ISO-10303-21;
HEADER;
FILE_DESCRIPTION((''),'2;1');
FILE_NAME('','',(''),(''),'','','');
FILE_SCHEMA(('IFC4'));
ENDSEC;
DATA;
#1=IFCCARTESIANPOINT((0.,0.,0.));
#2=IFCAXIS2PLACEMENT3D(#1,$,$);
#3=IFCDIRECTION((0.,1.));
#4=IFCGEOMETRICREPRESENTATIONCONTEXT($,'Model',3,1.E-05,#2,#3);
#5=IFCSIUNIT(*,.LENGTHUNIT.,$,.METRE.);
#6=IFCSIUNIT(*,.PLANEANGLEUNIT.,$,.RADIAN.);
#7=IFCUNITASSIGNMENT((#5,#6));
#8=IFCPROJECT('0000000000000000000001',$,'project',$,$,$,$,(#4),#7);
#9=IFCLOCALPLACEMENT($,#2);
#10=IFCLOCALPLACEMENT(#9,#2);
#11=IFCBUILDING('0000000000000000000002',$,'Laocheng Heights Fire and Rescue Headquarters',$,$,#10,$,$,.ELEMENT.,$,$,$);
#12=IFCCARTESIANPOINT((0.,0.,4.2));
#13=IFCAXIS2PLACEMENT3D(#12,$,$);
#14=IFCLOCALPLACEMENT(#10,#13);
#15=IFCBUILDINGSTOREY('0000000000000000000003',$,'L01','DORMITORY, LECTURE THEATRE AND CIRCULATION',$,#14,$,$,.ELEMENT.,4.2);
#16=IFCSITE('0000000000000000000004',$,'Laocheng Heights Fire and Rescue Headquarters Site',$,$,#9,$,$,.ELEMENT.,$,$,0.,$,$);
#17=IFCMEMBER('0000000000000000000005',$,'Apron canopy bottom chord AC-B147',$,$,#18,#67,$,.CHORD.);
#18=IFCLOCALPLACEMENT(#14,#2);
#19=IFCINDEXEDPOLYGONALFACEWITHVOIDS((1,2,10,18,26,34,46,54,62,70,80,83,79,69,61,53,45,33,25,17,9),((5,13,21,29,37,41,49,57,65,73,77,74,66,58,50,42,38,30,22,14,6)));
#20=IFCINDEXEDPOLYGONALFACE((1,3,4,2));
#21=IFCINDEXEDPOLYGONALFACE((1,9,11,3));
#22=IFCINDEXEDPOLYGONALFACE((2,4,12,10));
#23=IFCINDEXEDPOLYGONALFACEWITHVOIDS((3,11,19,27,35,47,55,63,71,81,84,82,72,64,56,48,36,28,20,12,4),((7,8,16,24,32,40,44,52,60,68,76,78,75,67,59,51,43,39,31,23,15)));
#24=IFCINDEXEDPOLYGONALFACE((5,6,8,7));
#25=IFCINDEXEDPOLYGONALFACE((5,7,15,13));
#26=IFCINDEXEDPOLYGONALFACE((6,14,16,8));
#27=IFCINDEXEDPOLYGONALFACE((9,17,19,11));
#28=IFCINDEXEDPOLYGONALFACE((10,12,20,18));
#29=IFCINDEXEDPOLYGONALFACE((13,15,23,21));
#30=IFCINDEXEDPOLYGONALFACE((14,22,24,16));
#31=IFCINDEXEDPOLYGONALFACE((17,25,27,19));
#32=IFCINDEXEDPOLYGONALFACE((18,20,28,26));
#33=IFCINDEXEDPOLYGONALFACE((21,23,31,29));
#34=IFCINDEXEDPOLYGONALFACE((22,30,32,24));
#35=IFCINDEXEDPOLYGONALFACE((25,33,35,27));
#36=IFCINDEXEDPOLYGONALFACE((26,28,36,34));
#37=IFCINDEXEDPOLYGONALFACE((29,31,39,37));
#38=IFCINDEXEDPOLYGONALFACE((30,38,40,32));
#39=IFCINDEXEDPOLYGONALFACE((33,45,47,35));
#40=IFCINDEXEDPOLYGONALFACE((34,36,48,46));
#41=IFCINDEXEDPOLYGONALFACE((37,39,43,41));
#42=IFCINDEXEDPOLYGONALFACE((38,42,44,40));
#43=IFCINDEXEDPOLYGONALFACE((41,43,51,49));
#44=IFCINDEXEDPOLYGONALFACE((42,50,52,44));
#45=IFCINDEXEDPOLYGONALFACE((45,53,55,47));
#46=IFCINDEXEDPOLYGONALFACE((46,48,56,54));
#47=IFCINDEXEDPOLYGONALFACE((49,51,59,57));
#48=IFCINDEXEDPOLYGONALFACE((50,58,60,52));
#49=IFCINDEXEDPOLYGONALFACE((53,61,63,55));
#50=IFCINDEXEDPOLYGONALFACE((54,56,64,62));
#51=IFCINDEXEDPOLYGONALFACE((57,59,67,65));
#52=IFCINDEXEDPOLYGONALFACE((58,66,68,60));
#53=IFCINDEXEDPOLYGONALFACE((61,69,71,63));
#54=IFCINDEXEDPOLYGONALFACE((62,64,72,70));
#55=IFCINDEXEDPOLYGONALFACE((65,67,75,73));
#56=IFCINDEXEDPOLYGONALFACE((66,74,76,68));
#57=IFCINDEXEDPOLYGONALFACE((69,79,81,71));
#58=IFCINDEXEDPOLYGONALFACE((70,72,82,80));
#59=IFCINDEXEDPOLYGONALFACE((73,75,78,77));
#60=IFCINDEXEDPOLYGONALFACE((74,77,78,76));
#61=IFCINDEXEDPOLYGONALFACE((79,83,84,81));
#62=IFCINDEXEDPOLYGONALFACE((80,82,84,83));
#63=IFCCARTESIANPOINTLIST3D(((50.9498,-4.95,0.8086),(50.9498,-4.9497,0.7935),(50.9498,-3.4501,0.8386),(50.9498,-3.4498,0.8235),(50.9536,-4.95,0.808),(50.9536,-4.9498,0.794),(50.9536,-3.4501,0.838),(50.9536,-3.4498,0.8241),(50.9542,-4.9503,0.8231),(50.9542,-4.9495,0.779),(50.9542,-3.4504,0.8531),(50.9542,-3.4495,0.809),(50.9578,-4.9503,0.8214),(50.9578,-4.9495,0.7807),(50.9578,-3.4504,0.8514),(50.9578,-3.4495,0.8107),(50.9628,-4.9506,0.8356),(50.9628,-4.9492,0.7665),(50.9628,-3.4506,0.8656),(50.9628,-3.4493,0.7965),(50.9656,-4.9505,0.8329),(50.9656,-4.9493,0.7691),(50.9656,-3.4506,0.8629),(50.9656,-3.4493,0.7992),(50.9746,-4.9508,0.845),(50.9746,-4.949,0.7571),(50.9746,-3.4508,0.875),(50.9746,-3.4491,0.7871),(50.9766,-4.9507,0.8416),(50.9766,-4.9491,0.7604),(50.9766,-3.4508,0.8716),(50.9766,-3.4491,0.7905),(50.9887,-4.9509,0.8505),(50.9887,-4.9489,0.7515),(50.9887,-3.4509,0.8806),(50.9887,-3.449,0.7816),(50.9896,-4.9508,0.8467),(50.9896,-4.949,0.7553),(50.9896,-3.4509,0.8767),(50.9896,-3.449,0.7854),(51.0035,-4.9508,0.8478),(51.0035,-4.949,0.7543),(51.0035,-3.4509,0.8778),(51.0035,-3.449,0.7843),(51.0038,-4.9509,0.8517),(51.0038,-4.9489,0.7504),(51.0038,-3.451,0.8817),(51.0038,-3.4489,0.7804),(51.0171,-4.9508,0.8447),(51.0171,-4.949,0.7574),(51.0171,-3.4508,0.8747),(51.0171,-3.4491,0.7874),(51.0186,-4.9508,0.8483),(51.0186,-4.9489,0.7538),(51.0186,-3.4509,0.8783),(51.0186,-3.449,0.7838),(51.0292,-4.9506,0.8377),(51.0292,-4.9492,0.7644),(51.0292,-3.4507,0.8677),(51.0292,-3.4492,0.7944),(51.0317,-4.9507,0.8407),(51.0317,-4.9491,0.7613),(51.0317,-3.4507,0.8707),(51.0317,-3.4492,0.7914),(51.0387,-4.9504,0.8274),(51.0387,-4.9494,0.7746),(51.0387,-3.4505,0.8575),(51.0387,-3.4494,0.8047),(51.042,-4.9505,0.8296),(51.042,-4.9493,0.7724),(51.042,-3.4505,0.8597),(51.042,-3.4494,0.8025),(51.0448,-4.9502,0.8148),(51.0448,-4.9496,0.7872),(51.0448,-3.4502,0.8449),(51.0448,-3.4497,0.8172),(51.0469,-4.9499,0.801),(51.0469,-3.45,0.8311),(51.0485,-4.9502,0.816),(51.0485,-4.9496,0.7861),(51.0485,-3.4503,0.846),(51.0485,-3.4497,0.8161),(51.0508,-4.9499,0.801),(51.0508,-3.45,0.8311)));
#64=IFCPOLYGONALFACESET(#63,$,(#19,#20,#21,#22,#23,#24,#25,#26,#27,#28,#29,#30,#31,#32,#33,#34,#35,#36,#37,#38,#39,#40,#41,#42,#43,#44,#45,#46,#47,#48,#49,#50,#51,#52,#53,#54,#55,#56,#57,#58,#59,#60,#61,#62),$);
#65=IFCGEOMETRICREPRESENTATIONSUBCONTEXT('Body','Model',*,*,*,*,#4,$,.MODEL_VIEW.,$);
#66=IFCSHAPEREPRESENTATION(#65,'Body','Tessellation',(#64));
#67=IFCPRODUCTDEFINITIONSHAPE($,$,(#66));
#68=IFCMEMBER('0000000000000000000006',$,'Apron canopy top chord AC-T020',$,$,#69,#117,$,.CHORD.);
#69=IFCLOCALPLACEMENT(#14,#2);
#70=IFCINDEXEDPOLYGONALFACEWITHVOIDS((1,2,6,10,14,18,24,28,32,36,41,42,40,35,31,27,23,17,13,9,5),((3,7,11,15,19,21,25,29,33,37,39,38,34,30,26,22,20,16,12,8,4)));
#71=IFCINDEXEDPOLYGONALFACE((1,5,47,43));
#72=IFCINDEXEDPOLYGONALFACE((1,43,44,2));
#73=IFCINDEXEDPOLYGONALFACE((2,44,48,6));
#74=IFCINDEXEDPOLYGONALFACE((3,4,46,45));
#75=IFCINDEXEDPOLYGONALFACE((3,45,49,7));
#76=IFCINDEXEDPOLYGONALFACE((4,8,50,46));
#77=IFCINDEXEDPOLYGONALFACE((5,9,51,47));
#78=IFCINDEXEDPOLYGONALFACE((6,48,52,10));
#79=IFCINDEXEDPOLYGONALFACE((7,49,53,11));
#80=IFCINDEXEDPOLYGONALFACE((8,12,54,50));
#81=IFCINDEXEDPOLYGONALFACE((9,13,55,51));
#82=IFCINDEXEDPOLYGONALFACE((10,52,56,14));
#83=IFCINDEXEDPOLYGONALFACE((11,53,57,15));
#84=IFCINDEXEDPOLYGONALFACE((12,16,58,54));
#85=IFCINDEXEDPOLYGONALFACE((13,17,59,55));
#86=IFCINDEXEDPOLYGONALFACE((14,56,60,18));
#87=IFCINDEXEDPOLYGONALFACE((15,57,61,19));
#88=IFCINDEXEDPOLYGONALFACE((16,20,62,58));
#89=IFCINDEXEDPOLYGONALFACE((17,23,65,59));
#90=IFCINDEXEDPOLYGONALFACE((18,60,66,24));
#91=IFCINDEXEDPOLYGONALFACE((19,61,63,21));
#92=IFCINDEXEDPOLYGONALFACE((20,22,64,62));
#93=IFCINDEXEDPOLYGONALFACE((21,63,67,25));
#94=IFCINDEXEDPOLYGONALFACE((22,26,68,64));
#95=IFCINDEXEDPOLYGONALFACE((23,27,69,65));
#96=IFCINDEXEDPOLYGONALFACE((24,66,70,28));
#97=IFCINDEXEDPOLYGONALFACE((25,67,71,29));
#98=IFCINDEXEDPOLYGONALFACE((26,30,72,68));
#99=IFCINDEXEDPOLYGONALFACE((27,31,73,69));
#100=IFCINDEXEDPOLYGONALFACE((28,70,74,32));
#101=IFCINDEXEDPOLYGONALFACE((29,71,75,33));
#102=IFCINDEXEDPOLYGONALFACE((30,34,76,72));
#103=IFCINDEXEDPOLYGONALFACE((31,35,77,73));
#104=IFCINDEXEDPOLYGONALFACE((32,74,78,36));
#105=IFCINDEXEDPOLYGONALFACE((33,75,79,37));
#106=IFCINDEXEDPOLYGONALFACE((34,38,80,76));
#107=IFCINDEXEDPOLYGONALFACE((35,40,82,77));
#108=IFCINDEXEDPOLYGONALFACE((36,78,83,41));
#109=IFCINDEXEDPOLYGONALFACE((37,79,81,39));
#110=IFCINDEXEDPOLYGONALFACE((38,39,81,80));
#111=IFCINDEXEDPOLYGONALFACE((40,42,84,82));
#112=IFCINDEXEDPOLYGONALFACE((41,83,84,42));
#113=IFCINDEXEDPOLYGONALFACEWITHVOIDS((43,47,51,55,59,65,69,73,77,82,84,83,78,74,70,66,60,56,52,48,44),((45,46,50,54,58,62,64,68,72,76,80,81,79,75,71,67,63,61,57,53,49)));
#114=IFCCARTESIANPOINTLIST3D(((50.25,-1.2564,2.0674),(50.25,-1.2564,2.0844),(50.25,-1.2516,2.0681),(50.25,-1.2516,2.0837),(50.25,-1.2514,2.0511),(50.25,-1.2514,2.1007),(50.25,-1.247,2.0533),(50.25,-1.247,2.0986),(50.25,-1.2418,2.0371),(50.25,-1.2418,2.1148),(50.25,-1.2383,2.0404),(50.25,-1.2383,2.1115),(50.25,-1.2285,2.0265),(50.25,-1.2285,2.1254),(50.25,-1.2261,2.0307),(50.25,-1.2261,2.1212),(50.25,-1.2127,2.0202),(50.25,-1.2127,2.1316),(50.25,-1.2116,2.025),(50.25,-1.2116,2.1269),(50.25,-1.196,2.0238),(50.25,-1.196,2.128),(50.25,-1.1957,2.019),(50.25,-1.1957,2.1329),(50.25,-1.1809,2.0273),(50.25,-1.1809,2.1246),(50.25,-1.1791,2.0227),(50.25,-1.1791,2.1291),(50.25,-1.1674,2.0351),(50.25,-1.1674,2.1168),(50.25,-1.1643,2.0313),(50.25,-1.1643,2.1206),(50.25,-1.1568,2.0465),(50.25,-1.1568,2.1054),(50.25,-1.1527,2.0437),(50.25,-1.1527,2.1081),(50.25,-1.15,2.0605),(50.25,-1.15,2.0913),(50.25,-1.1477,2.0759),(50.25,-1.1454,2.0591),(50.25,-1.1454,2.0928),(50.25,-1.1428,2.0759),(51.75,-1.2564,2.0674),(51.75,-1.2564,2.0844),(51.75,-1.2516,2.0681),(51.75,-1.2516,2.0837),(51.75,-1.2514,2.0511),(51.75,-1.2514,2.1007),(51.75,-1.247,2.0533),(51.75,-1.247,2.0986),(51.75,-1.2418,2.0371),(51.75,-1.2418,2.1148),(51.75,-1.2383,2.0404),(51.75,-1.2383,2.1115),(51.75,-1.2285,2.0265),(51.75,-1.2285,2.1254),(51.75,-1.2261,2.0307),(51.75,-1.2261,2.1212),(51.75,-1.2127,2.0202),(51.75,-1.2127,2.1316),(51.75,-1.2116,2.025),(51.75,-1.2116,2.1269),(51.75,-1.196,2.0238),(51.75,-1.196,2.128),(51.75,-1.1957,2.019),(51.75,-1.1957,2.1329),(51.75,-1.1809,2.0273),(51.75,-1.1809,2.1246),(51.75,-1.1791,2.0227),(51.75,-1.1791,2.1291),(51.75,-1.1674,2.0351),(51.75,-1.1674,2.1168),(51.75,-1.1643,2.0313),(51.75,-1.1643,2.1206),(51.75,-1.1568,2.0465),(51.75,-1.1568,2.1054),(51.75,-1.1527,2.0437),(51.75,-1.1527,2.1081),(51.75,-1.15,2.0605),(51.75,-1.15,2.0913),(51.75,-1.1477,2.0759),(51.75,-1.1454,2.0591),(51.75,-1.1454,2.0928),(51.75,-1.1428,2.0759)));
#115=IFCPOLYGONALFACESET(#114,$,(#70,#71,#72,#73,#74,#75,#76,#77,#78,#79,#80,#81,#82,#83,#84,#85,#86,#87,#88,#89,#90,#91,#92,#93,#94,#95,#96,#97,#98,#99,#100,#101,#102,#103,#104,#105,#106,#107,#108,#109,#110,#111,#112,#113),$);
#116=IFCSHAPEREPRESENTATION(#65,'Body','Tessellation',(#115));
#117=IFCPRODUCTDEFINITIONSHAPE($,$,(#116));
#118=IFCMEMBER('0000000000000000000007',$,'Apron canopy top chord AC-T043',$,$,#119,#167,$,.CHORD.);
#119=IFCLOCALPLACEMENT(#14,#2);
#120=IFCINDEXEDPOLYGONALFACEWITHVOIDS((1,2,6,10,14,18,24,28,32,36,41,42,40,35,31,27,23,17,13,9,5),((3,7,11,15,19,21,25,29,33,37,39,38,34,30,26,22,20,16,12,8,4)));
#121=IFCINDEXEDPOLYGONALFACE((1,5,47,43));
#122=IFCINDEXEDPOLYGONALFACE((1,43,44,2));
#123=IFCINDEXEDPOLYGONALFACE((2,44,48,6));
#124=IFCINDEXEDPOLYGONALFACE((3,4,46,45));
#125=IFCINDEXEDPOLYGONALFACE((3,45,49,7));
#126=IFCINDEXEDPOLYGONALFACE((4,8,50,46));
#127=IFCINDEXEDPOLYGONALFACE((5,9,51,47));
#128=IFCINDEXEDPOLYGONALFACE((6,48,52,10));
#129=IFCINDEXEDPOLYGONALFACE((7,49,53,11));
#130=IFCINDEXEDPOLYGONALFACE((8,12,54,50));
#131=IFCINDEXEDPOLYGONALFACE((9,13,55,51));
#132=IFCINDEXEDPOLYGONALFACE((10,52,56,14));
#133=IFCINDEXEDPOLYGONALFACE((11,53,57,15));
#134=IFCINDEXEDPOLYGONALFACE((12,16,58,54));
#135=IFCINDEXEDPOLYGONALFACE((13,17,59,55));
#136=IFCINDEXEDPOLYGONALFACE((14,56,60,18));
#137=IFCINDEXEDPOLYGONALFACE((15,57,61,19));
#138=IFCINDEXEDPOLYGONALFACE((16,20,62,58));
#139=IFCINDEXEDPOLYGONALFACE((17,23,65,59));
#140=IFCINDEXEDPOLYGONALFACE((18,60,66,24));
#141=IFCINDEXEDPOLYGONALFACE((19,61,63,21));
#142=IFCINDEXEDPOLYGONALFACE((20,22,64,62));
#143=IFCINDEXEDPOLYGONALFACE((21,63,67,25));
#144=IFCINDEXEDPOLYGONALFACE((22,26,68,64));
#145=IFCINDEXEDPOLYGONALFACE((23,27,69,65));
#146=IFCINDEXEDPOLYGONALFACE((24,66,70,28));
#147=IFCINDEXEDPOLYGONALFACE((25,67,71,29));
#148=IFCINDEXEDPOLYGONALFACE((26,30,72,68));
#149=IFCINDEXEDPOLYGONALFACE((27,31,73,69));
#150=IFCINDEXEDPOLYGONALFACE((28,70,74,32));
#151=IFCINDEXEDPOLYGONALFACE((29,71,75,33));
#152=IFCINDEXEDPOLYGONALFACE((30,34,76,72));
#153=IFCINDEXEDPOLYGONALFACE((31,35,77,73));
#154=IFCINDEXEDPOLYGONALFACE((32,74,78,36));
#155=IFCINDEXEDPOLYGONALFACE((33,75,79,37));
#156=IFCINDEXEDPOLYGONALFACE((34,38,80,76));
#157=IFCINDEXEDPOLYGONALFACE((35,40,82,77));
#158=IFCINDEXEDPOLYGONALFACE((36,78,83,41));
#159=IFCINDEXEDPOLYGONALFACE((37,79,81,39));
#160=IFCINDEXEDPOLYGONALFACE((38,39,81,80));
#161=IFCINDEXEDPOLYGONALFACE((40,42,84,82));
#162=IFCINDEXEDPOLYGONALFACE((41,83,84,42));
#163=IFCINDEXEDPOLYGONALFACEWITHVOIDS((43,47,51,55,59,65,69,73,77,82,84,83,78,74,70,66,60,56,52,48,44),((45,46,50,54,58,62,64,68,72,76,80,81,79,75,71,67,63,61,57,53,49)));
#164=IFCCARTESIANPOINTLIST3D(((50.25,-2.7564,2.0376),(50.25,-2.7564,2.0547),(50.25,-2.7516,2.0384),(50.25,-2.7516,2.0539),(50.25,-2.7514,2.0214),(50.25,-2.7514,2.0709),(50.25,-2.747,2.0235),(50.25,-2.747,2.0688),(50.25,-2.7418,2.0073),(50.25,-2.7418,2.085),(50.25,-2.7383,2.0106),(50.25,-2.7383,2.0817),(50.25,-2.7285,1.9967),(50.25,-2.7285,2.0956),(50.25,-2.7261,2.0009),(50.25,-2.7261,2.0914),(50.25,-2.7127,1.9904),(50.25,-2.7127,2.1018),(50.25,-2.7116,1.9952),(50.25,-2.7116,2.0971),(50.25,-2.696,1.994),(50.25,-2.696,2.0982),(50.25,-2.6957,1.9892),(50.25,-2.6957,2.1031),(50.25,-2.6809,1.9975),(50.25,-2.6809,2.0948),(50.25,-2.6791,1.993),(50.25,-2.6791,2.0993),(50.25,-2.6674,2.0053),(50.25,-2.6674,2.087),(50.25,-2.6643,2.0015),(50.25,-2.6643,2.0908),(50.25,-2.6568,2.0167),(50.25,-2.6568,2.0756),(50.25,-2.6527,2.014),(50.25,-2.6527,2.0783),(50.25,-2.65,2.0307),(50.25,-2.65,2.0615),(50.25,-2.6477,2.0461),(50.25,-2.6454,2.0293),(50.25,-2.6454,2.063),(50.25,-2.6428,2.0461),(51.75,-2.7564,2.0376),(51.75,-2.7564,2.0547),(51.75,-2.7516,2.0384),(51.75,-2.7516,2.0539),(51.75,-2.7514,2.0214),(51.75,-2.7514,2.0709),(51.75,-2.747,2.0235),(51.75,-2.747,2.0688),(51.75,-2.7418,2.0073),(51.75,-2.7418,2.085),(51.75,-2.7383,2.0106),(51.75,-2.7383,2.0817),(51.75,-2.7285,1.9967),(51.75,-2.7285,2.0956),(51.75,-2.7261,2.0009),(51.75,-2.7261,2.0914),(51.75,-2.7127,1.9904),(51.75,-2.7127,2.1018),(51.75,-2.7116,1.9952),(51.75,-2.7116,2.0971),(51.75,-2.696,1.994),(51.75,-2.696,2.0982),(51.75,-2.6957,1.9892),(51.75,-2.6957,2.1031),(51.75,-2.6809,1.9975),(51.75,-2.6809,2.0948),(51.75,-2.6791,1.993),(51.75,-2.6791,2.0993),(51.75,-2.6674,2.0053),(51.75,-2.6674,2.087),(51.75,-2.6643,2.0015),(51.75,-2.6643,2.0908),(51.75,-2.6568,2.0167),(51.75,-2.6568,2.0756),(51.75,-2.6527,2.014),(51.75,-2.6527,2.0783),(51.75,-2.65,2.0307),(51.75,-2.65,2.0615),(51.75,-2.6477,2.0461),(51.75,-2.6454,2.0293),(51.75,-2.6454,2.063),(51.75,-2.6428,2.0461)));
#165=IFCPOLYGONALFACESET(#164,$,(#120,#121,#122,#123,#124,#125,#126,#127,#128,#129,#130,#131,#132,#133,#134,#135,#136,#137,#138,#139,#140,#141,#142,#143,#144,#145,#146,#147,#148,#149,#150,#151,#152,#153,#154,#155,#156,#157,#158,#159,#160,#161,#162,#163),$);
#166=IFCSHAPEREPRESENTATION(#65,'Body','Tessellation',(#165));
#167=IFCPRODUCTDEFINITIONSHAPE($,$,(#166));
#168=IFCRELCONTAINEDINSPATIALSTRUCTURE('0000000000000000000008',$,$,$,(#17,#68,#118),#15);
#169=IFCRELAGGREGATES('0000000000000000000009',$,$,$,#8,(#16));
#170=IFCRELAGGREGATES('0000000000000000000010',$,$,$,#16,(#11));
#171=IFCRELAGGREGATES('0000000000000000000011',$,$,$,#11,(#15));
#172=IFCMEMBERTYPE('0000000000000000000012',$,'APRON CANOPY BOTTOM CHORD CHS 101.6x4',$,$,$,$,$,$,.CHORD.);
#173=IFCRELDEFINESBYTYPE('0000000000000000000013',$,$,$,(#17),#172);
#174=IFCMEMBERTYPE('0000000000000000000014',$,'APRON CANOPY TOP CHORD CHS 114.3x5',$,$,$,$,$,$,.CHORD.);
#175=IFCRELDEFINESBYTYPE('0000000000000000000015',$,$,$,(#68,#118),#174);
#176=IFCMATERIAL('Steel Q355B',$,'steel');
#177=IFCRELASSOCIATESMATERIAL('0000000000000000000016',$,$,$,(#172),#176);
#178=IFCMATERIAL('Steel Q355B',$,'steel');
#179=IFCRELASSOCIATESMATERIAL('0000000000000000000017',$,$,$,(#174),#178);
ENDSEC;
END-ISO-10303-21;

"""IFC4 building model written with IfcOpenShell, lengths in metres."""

from ifc_helpers import new_model, si_unit, direction, frame, origin, origin_2d, place, context, subcontext, project, spatial, hollow_circle, extrude, material, material_profile, profile_set, type_object, element, save


model = new_model("IFC4")

# Units and contexts
model_context = context("Model", 3, precision=1e-05, world=origin(), true_north=direction((0.0, 1.0)))
body_context = subcontext(model_context, "Body", "Model", "MODEL_VIEW")
ifc_project = project(units=[si_unit("LENGTHUNIT", "METRE"), si_unit("PLANEANGLEUNIT", "RADIAN")], contexts=[model_context])

# Site, building, storey
site_placement = place(None, origin())
site = spatial("IfcSite", under=ifc_project, at=site_placement, Name="Laocheng Heights Fire and Rescue Headquarters Site", CompositionType="ELEMENT", RefElevation=0.0)
building_placement = place(site_placement, origin())
building = spatial("IfcBuilding", under=site, at=building_placement, Name="Laocheng Heights Fire and Rescue Headquarters", CompositionType="ELEMENT")
storey_placement = place(building_placement, frame((0.0, 0.0, 4.2)))
storey = spatial("IfcBuildingStorey", under=building, at=storey_placement, Name="L01", Description="DORMITORY, LECTURE THEATRE AND CIRCULATION", CompositionType="ELEMENT", Elevation=4.2)

# Members
ifc_material_1 = material(Name="Steel Q355B", Category="steel")
ifc_material_profile_1 = material_profile(ifc_material_1, hollow_circle(Radius=0.0508, WallThickness=0.0039, at=origin_2d()), Name="CHS 101.6x4")
ifc_profile_set_1 = profile_set([ifc_material_profile_1], Name="Steel Q355B")
member_type_1 = type_object("IfcMemberType", Name="APRON CANOPY BOTTOM CHORD CHS 101.6x4", PredefinedType="CHORD", material=ifc_profile_set_1)
for number, where, z_axis, x_axis, name in (
    (1, (51.0, -3.45, 0.8311), (0.0, -0.9998, -0.020016), (1.0, 0.0, 0.0), "Apron canopy bottom chord AC-B147"),
):
    element("IfcMember", number, at=place(storey_placement, frame(where, z_axis=z_axis, x_axis=x_axis)), inside=storey, type_object=member_type_1, Name=name, PredefinedType="CHORD", context=body_context, shape_type="SweptSolid", body=[
        extrude(hollow_circle(Radius=0.0508, WallThickness=0.0039, at=origin_2d()), origin(), (0.0, 0.0, 1.0), 1.5002),
    ])
ifc_material_2 = material(Name="Steel Q355B", Category="steel")
ifc_material_profile_2 = material_profile(ifc_material_2, hollow_circle(Radius=0.0571, WallThickness=0.0049, at=origin_2d()), Name="CHS 114.3x5")
ifc_profile_set_2 = profile_set([ifc_material_profile_2], Name="Steel Q355B")
member_type_2 = type_object("IfcMemberType", Name="APRON CANOPY TOP CHORD CHS 114.3x5", PredefinedType="CHORD", material=ifc_profile_set_2)
for number, where, z_axis, x_axis, name in (
    (2, (50.25, -1.2, 2.0759), (1.0, 0.0, 0.0), (0.0, 1.0, 0.0), "Apron canopy top chord AC-T020"),
    (3, (50.25, -2.7, 2.0461), (1.0, 0.0, 0.0), (0.0, 1.0, 0.0), "Apron canopy top chord AC-T043"),
):
    element("IfcMember", number, at=place(storey_placement, frame(where, z_axis=z_axis, x_axis=x_axis)), inside=storey, type_object=member_type_2, Name=name, PredefinedType="CHORD", context=body_context, shape_type="SweptSolid", body=[
        extrude(hollow_circle(Radius=0.0571, WallThickness=0.0049, at=origin_2d()), origin(), (0.0, 0.0, 1.0), 1.5),
    ])

save(model, "model.ifc")
